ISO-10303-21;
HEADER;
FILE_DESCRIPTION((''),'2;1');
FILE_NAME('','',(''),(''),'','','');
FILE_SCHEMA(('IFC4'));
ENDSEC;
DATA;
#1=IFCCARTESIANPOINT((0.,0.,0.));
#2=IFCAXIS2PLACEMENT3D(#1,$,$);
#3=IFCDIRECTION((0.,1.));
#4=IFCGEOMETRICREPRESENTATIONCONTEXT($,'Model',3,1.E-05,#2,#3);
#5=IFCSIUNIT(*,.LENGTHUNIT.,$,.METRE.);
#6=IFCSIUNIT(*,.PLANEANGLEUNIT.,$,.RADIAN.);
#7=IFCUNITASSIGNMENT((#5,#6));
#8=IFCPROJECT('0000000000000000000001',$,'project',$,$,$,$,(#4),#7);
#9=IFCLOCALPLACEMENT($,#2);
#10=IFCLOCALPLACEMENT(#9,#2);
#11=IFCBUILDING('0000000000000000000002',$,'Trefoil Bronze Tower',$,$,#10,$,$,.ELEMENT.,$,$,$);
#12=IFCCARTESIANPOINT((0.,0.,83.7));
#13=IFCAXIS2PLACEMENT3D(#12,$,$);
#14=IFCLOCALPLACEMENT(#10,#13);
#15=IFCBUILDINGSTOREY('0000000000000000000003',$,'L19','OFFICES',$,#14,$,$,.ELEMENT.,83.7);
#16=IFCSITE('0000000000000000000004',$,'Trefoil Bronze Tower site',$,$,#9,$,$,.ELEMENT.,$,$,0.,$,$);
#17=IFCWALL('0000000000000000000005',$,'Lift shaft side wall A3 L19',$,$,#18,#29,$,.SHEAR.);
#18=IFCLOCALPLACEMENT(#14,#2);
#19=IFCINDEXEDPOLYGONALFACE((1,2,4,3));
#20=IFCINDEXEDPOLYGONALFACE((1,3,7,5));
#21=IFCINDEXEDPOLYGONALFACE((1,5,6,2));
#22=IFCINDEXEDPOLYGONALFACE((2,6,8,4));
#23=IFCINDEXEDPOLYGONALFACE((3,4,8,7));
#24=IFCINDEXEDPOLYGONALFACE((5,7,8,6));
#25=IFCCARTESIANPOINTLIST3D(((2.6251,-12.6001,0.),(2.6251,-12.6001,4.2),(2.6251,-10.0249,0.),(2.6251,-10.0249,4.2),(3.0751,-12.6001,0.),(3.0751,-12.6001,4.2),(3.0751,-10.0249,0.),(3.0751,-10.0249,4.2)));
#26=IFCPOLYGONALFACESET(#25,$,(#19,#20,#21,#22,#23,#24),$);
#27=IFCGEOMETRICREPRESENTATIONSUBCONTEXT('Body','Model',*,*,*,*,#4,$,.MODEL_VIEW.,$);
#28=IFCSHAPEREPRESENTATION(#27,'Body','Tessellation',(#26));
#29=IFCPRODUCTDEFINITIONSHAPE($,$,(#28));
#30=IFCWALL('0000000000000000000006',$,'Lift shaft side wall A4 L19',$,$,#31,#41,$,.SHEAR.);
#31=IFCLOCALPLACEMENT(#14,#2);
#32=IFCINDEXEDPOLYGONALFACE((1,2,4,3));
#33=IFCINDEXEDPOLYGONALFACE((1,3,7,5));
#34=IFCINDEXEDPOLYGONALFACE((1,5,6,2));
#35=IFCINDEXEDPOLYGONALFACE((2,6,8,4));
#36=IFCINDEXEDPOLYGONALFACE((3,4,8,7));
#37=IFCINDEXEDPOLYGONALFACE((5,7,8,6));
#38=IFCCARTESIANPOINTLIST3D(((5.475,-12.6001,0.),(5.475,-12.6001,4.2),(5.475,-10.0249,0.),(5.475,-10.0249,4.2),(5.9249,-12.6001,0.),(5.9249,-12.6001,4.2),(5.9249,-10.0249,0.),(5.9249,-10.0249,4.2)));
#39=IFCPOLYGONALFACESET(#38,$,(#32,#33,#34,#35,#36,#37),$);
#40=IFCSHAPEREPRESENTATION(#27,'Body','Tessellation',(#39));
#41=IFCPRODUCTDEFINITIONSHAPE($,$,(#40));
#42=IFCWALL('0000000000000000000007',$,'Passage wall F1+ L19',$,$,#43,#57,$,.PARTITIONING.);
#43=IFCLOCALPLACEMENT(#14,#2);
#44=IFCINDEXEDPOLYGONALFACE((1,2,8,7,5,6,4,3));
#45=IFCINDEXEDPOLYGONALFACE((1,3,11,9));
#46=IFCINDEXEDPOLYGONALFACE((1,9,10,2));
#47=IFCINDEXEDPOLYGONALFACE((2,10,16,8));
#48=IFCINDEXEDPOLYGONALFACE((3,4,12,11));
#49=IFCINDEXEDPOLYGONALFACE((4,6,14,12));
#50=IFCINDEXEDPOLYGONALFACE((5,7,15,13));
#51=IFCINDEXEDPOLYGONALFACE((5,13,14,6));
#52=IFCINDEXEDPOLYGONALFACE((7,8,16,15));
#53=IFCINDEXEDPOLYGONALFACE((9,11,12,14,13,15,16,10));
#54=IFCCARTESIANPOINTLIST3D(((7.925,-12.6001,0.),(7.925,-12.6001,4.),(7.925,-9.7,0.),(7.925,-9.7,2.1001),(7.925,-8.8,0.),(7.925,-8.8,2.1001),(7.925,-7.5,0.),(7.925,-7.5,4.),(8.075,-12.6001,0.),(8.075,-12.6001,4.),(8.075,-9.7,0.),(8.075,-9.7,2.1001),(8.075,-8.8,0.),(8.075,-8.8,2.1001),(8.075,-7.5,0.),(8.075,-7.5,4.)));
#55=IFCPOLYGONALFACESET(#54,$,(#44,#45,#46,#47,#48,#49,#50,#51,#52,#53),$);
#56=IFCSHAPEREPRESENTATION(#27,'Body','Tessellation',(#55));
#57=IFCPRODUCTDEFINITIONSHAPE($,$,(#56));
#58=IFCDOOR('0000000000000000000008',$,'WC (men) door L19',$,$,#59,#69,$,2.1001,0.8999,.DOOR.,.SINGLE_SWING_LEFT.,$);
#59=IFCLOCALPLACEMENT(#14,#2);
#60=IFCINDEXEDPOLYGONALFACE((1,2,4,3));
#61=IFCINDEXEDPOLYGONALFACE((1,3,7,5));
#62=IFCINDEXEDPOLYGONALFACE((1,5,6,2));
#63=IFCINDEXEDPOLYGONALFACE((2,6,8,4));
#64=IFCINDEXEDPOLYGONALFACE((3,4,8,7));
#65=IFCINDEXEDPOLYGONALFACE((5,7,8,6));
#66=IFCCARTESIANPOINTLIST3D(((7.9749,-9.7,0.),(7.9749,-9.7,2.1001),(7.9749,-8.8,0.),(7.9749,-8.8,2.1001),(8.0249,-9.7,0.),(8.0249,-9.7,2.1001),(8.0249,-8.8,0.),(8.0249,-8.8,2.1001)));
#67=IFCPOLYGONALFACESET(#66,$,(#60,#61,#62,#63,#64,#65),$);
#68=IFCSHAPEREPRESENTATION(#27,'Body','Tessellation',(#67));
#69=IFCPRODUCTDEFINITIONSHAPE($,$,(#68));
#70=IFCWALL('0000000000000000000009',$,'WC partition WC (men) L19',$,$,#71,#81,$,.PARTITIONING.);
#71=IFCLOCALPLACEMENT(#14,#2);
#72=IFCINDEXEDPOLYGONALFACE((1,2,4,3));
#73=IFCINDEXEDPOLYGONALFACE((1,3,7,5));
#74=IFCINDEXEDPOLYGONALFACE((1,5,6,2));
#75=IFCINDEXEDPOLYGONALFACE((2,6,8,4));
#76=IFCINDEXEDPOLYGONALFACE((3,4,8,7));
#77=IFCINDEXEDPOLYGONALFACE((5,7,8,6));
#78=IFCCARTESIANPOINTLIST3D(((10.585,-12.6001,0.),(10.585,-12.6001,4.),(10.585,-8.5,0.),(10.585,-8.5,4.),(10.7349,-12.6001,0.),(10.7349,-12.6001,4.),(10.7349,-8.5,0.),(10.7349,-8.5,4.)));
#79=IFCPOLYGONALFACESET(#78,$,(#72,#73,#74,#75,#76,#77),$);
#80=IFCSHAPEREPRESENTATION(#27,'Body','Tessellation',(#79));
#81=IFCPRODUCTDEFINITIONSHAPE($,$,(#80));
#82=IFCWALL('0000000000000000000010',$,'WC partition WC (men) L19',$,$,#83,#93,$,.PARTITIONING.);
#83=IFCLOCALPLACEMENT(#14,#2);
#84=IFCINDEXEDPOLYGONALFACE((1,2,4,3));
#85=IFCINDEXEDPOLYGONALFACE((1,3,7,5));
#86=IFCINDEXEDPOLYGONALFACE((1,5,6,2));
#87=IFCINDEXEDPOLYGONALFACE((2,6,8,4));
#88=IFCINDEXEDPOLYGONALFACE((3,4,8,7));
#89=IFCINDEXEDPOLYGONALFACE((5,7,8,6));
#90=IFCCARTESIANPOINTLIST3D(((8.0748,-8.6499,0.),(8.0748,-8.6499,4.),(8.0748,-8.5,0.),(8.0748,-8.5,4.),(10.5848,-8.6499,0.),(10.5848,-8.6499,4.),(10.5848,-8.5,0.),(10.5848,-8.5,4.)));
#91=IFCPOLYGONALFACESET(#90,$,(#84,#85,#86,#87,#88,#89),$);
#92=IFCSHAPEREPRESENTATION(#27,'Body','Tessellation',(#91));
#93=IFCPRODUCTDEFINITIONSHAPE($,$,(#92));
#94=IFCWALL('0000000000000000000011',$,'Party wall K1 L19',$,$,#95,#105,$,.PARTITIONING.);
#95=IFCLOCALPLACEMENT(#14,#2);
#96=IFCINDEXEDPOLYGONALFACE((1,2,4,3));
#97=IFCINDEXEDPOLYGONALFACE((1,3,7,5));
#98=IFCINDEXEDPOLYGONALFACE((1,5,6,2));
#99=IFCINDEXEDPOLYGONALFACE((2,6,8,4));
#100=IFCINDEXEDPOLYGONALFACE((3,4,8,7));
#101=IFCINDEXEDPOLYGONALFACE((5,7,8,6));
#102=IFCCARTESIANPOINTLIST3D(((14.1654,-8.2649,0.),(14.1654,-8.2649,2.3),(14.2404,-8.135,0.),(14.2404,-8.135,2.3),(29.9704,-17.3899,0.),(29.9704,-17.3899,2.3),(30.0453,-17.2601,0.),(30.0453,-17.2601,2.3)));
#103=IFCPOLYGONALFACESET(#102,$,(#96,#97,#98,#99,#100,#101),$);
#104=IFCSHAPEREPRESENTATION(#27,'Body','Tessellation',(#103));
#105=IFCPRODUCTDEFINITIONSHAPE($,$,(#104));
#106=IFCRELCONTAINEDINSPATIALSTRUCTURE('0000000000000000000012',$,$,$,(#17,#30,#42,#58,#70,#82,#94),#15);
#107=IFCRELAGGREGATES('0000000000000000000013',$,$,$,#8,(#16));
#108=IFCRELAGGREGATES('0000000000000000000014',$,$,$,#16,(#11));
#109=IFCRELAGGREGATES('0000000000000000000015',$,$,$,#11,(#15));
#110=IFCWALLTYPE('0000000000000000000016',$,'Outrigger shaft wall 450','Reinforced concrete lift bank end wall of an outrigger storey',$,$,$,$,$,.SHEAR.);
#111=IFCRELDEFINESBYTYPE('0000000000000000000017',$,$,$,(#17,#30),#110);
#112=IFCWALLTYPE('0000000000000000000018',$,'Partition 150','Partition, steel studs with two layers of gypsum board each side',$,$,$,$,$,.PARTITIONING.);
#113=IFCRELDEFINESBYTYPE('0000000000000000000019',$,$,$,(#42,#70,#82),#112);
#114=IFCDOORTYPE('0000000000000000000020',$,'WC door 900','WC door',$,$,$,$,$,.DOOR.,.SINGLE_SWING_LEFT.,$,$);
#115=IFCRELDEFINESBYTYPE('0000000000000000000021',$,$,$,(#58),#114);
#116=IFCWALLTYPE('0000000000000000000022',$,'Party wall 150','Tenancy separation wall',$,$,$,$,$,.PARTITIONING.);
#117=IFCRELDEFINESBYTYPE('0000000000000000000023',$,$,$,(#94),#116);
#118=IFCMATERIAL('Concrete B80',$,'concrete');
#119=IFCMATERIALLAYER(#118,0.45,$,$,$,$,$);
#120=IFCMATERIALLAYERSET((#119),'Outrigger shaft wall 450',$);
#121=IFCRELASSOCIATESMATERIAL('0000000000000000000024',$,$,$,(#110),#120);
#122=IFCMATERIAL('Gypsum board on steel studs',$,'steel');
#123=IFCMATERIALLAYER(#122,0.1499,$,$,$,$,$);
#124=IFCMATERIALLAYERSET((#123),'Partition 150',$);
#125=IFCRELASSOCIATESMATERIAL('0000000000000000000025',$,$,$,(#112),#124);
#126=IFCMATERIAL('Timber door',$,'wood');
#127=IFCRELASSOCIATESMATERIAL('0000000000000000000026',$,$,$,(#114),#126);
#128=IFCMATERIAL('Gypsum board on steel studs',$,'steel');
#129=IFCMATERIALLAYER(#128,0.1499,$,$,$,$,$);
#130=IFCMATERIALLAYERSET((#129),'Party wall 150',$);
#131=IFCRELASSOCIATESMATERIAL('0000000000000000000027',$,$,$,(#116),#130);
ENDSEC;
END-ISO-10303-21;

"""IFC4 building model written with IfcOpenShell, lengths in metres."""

from ifc_helpers import new_model, si_unit, direction, frame, frame_2d, origin, place, context, subcontext, project, spatial, rectangle, extrude, material, layer, layer_set, type_object, element, fill, save


model = new_model("IFC4")

# Units and contexts
model_context = context("Model", 3, precision=1e-05, world=origin(), true_north=direction((0.0, 1.0)))
body_context = subcontext(model_context, "Body", "Model", "MODEL_VIEW")
ifc_project = project(units=[si_unit("LENGTHUNIT", "METRE"), si_unit("PLANEANGLEUNIT", "RADIAN")], contexts=[model_context])

# Site, building, storey
site_placement = place(None, origin())
site = spatial("IfcSite", under=ifc_project, at=site_placement, Name="Trefoil Bronze Tower site", CompositionType="ELEMENT", RefElevation=0.0)
building_placement = place(site_placement, origin())
building = spatial("IfcBuilding", under=site, at=building_placement, Name="Trefoil Bronze Tower", CompositionType="ELEMENT")
storey_placement = place(building_placement, frame((0.0, 0.0, 83.7)))
storey = spatial("IfcBuildingStorey", under=building, at=storey_placement, Name="L19", Description="OFFICES", CompositionType="ELEMENT", Elevation=83.7)

# Walls
ifc_material_1 = material(Name="Concrete B80", Category="concrete")
ifc_layer_1 = layer(ifc_material_1, 0.45)
ifc_layer_set_1 = layer_set([ifc_layer_1], Name="Outrigger shaft wall 450")
wall_type_1 = type_object("IfcWallType", Name="Outrigger shaft wall 450", Description="Reinforced concrete lift bank end wall of an outrigger storey", PredefinedType="SHEAR", material=ifc_layer_set_1)
for number, where, z_axis, x_axis, name in (
    (1, (2.8501, -10.0249, 0.0), (0.0, 0.0, 1.0), (0.0, -1.0, 0.0), "Lift shaft side wall A3 L19"),
    (2, (5.7, -10.0249, 0.0), (0.0, 0.0, 1.0), (0.0, -1.0, 0.0), "Lift shaft side wall A4 L19"),
):
    element("IfcWall", number, at=place(storey_placement, frame(where, z_axis=z_axis, x_axis=x_axis)), inside=storey, type_object=wall_type_1, Name=name, PredefinedType="SHEAR", context=body_context, shape_type="SweptSolid", body=[
        extrude(rectangle(XDim=2.5752, YDim=0.45, at=frame_2d((1.2876, 0.0))), origin(), (0.0, 0.0, 1.0), 4.2),
    ])

# Wall, opening, door
ifc_material_2 = material(Name="Gypsum board on steel studs", Category="steel")
ifc_layer_2 = layer(ifc_material_2, 0.1499)
ifc_layer_set_2 = layer_set([ifc_layer_2], Name="Partition 150")
wall_type_2 = type_object("IfcWallType", Name="Partition 150", Description="Partition, steel studs with two layers of gypsum board each side", PredefinedType="PARTITIONING", material=ifc_layer_set_2)
wall_1_placement = place(storey_placement, frame((8.0, -7.5, 0.0), z_axis=(0.0, 0.0, 1.0), x_axis=(0.0, -1.0, 0.0)))
wall_1 = element("IfcWall", 3, at=wall_1_placement, inside=storey, type_object=wall_type_2, Name="Passage wall F1+ L19", PredefinedType="PARTITIONING", context=body_context, shape_type="SweptSolid", body=[
    extrude(rectangle(XDim=5.1001, YDim=0.1499, at=frame_2d((2.55, 0.0))), origin(), (0.0, 0.0, 1.0), 4.0),
])
opening_1_placement = place(wall_1_placement, frame((1.3, 0.0, 0.0)))
opening_1 = element("IfcOpeningElement", 4, at=opening_1_placement, cuts=wall_1, PredefinedType="OPENING", context=body_context, shape_type="SweptSolid", body=[
    extrude(rectangle(XDim=0.8999, YDim=2.1001, at=frame_2d((0.45, 1.05))), frame((0.0, 0.085, 0.0), z_axis=(0.0, -1.0, 0.0), x_axis=(1.0, 0.0, 0.0)), (0.0, 0.0, 1.0), 0.1699),
])
ifc_material_3 = material(Name="Timber door", Category="wood")
door_type_1 = type_object("IfcDoorType", Name="WC door 900", Description="WC door", OperationType="SINGLE_SWING_LEFT", PredefinedType="DOOR", material=ifc_material_3)
door_1_placement = place(opening_1_placement, origin())
door_1 = element("IfcDoor", 5, at=door_1_placement, inside=storey, type_object=door_type_1, Name="WC (men) door L19", OperationType="SINGLE_SWING_LEFT", OverallHeight=2.1001, OverallWidth=0.8999, PredefinedType="DOOR", context=body_context, shape_type="SweptSolid", body=[
    extrude(rectangle(XDim=0.8999, YDim=2.1001, at=frame_2d((0.45, 1.05))), frame((0.0, 0.0249, 0.0), z_axis=(0.0, -1.0, 0.0), x_axis=(1.0, 0.0, 0.0)), (0.0, 0.0, 1.0), 0.05),
])
fill(opening_1, door_1)

# Walls
wall_2_placement = place(storey_placement, frame((10.6599, -8.5, 0.0), z_axis=(0.0, 0.0, 1.0), x_axis=(0.0, -1.0, 0.0)))
element("IfcWall", 6, at=wall_2_placement, inside=storey, type_object=wall_type_2, Name="WC partition WC (men) L19", PredefinedType="PARTITIONING", context=body_context, shape_type="SweptSolid", body=[
    extrude(rectangle(XDim=4.1001, YDim=0.1499, at=frame_2d((2.05, 0.0))), origin(), (0.0, 0.0, 1.0), 4.0),
])
wall_3_placement = place(storey_placement, frame((8.075, -8.575, 0.0), z_axis=(0.0, 0.0, 1.0), x_axis=(1.0, 0.0, 0.0)))
element("IfcWall", 7, at=wall_3_placement, inside=storey, type_object=wall_type_2, Name="WC partition WC (men) L19", PredefinedType="PARTITIONING", context=body_context, shape_type="SweptSolid", body=[
    extrude(rectangle(XDim=2.51, YDim=0.1499, at=frame_2d((1.2549, 0.0))), origin(), (0.0, 0.0, 1.0), 4.0),
])
ifc_material_4 = material(Name="Gypsum board on steel studs", Category="steel")
ifc_layer_3 = layer(ifc_material_4, 0.1499)
ifc_layer_set_3 = layer_set([ifc_layer_3], Name="Party wall 150")
wall_type_3 = type_object("IfcWallType", Name="Party wall 150", Description="Tenancy separation wall", PredefinedType="PARTITIONING", material=ifc_layer_set_3)
wall_4_placement = place(storey_placement, frame((14.2029, -8.2, 0.0), z_axis=(0.0, 0.0, 1.0), x_axis=(0.866025, -0.500001, 0.0)))
element("IfcWall", 8, at=wall_4_placement, inside=storey, type_object=wall_type_3, Name="Party wall K1 L19", PredefinedType="PARTITIONING", context=body_context, shape_type="SweptSolid", body=[
    extrude(rectangle(XDim=18.25, YDim=0.1499, at=frame_2d((9.125, 0.0))), origin(), (0.0, 0.0, 1.0), 2.3),
])

save(model, "model.ifc")
